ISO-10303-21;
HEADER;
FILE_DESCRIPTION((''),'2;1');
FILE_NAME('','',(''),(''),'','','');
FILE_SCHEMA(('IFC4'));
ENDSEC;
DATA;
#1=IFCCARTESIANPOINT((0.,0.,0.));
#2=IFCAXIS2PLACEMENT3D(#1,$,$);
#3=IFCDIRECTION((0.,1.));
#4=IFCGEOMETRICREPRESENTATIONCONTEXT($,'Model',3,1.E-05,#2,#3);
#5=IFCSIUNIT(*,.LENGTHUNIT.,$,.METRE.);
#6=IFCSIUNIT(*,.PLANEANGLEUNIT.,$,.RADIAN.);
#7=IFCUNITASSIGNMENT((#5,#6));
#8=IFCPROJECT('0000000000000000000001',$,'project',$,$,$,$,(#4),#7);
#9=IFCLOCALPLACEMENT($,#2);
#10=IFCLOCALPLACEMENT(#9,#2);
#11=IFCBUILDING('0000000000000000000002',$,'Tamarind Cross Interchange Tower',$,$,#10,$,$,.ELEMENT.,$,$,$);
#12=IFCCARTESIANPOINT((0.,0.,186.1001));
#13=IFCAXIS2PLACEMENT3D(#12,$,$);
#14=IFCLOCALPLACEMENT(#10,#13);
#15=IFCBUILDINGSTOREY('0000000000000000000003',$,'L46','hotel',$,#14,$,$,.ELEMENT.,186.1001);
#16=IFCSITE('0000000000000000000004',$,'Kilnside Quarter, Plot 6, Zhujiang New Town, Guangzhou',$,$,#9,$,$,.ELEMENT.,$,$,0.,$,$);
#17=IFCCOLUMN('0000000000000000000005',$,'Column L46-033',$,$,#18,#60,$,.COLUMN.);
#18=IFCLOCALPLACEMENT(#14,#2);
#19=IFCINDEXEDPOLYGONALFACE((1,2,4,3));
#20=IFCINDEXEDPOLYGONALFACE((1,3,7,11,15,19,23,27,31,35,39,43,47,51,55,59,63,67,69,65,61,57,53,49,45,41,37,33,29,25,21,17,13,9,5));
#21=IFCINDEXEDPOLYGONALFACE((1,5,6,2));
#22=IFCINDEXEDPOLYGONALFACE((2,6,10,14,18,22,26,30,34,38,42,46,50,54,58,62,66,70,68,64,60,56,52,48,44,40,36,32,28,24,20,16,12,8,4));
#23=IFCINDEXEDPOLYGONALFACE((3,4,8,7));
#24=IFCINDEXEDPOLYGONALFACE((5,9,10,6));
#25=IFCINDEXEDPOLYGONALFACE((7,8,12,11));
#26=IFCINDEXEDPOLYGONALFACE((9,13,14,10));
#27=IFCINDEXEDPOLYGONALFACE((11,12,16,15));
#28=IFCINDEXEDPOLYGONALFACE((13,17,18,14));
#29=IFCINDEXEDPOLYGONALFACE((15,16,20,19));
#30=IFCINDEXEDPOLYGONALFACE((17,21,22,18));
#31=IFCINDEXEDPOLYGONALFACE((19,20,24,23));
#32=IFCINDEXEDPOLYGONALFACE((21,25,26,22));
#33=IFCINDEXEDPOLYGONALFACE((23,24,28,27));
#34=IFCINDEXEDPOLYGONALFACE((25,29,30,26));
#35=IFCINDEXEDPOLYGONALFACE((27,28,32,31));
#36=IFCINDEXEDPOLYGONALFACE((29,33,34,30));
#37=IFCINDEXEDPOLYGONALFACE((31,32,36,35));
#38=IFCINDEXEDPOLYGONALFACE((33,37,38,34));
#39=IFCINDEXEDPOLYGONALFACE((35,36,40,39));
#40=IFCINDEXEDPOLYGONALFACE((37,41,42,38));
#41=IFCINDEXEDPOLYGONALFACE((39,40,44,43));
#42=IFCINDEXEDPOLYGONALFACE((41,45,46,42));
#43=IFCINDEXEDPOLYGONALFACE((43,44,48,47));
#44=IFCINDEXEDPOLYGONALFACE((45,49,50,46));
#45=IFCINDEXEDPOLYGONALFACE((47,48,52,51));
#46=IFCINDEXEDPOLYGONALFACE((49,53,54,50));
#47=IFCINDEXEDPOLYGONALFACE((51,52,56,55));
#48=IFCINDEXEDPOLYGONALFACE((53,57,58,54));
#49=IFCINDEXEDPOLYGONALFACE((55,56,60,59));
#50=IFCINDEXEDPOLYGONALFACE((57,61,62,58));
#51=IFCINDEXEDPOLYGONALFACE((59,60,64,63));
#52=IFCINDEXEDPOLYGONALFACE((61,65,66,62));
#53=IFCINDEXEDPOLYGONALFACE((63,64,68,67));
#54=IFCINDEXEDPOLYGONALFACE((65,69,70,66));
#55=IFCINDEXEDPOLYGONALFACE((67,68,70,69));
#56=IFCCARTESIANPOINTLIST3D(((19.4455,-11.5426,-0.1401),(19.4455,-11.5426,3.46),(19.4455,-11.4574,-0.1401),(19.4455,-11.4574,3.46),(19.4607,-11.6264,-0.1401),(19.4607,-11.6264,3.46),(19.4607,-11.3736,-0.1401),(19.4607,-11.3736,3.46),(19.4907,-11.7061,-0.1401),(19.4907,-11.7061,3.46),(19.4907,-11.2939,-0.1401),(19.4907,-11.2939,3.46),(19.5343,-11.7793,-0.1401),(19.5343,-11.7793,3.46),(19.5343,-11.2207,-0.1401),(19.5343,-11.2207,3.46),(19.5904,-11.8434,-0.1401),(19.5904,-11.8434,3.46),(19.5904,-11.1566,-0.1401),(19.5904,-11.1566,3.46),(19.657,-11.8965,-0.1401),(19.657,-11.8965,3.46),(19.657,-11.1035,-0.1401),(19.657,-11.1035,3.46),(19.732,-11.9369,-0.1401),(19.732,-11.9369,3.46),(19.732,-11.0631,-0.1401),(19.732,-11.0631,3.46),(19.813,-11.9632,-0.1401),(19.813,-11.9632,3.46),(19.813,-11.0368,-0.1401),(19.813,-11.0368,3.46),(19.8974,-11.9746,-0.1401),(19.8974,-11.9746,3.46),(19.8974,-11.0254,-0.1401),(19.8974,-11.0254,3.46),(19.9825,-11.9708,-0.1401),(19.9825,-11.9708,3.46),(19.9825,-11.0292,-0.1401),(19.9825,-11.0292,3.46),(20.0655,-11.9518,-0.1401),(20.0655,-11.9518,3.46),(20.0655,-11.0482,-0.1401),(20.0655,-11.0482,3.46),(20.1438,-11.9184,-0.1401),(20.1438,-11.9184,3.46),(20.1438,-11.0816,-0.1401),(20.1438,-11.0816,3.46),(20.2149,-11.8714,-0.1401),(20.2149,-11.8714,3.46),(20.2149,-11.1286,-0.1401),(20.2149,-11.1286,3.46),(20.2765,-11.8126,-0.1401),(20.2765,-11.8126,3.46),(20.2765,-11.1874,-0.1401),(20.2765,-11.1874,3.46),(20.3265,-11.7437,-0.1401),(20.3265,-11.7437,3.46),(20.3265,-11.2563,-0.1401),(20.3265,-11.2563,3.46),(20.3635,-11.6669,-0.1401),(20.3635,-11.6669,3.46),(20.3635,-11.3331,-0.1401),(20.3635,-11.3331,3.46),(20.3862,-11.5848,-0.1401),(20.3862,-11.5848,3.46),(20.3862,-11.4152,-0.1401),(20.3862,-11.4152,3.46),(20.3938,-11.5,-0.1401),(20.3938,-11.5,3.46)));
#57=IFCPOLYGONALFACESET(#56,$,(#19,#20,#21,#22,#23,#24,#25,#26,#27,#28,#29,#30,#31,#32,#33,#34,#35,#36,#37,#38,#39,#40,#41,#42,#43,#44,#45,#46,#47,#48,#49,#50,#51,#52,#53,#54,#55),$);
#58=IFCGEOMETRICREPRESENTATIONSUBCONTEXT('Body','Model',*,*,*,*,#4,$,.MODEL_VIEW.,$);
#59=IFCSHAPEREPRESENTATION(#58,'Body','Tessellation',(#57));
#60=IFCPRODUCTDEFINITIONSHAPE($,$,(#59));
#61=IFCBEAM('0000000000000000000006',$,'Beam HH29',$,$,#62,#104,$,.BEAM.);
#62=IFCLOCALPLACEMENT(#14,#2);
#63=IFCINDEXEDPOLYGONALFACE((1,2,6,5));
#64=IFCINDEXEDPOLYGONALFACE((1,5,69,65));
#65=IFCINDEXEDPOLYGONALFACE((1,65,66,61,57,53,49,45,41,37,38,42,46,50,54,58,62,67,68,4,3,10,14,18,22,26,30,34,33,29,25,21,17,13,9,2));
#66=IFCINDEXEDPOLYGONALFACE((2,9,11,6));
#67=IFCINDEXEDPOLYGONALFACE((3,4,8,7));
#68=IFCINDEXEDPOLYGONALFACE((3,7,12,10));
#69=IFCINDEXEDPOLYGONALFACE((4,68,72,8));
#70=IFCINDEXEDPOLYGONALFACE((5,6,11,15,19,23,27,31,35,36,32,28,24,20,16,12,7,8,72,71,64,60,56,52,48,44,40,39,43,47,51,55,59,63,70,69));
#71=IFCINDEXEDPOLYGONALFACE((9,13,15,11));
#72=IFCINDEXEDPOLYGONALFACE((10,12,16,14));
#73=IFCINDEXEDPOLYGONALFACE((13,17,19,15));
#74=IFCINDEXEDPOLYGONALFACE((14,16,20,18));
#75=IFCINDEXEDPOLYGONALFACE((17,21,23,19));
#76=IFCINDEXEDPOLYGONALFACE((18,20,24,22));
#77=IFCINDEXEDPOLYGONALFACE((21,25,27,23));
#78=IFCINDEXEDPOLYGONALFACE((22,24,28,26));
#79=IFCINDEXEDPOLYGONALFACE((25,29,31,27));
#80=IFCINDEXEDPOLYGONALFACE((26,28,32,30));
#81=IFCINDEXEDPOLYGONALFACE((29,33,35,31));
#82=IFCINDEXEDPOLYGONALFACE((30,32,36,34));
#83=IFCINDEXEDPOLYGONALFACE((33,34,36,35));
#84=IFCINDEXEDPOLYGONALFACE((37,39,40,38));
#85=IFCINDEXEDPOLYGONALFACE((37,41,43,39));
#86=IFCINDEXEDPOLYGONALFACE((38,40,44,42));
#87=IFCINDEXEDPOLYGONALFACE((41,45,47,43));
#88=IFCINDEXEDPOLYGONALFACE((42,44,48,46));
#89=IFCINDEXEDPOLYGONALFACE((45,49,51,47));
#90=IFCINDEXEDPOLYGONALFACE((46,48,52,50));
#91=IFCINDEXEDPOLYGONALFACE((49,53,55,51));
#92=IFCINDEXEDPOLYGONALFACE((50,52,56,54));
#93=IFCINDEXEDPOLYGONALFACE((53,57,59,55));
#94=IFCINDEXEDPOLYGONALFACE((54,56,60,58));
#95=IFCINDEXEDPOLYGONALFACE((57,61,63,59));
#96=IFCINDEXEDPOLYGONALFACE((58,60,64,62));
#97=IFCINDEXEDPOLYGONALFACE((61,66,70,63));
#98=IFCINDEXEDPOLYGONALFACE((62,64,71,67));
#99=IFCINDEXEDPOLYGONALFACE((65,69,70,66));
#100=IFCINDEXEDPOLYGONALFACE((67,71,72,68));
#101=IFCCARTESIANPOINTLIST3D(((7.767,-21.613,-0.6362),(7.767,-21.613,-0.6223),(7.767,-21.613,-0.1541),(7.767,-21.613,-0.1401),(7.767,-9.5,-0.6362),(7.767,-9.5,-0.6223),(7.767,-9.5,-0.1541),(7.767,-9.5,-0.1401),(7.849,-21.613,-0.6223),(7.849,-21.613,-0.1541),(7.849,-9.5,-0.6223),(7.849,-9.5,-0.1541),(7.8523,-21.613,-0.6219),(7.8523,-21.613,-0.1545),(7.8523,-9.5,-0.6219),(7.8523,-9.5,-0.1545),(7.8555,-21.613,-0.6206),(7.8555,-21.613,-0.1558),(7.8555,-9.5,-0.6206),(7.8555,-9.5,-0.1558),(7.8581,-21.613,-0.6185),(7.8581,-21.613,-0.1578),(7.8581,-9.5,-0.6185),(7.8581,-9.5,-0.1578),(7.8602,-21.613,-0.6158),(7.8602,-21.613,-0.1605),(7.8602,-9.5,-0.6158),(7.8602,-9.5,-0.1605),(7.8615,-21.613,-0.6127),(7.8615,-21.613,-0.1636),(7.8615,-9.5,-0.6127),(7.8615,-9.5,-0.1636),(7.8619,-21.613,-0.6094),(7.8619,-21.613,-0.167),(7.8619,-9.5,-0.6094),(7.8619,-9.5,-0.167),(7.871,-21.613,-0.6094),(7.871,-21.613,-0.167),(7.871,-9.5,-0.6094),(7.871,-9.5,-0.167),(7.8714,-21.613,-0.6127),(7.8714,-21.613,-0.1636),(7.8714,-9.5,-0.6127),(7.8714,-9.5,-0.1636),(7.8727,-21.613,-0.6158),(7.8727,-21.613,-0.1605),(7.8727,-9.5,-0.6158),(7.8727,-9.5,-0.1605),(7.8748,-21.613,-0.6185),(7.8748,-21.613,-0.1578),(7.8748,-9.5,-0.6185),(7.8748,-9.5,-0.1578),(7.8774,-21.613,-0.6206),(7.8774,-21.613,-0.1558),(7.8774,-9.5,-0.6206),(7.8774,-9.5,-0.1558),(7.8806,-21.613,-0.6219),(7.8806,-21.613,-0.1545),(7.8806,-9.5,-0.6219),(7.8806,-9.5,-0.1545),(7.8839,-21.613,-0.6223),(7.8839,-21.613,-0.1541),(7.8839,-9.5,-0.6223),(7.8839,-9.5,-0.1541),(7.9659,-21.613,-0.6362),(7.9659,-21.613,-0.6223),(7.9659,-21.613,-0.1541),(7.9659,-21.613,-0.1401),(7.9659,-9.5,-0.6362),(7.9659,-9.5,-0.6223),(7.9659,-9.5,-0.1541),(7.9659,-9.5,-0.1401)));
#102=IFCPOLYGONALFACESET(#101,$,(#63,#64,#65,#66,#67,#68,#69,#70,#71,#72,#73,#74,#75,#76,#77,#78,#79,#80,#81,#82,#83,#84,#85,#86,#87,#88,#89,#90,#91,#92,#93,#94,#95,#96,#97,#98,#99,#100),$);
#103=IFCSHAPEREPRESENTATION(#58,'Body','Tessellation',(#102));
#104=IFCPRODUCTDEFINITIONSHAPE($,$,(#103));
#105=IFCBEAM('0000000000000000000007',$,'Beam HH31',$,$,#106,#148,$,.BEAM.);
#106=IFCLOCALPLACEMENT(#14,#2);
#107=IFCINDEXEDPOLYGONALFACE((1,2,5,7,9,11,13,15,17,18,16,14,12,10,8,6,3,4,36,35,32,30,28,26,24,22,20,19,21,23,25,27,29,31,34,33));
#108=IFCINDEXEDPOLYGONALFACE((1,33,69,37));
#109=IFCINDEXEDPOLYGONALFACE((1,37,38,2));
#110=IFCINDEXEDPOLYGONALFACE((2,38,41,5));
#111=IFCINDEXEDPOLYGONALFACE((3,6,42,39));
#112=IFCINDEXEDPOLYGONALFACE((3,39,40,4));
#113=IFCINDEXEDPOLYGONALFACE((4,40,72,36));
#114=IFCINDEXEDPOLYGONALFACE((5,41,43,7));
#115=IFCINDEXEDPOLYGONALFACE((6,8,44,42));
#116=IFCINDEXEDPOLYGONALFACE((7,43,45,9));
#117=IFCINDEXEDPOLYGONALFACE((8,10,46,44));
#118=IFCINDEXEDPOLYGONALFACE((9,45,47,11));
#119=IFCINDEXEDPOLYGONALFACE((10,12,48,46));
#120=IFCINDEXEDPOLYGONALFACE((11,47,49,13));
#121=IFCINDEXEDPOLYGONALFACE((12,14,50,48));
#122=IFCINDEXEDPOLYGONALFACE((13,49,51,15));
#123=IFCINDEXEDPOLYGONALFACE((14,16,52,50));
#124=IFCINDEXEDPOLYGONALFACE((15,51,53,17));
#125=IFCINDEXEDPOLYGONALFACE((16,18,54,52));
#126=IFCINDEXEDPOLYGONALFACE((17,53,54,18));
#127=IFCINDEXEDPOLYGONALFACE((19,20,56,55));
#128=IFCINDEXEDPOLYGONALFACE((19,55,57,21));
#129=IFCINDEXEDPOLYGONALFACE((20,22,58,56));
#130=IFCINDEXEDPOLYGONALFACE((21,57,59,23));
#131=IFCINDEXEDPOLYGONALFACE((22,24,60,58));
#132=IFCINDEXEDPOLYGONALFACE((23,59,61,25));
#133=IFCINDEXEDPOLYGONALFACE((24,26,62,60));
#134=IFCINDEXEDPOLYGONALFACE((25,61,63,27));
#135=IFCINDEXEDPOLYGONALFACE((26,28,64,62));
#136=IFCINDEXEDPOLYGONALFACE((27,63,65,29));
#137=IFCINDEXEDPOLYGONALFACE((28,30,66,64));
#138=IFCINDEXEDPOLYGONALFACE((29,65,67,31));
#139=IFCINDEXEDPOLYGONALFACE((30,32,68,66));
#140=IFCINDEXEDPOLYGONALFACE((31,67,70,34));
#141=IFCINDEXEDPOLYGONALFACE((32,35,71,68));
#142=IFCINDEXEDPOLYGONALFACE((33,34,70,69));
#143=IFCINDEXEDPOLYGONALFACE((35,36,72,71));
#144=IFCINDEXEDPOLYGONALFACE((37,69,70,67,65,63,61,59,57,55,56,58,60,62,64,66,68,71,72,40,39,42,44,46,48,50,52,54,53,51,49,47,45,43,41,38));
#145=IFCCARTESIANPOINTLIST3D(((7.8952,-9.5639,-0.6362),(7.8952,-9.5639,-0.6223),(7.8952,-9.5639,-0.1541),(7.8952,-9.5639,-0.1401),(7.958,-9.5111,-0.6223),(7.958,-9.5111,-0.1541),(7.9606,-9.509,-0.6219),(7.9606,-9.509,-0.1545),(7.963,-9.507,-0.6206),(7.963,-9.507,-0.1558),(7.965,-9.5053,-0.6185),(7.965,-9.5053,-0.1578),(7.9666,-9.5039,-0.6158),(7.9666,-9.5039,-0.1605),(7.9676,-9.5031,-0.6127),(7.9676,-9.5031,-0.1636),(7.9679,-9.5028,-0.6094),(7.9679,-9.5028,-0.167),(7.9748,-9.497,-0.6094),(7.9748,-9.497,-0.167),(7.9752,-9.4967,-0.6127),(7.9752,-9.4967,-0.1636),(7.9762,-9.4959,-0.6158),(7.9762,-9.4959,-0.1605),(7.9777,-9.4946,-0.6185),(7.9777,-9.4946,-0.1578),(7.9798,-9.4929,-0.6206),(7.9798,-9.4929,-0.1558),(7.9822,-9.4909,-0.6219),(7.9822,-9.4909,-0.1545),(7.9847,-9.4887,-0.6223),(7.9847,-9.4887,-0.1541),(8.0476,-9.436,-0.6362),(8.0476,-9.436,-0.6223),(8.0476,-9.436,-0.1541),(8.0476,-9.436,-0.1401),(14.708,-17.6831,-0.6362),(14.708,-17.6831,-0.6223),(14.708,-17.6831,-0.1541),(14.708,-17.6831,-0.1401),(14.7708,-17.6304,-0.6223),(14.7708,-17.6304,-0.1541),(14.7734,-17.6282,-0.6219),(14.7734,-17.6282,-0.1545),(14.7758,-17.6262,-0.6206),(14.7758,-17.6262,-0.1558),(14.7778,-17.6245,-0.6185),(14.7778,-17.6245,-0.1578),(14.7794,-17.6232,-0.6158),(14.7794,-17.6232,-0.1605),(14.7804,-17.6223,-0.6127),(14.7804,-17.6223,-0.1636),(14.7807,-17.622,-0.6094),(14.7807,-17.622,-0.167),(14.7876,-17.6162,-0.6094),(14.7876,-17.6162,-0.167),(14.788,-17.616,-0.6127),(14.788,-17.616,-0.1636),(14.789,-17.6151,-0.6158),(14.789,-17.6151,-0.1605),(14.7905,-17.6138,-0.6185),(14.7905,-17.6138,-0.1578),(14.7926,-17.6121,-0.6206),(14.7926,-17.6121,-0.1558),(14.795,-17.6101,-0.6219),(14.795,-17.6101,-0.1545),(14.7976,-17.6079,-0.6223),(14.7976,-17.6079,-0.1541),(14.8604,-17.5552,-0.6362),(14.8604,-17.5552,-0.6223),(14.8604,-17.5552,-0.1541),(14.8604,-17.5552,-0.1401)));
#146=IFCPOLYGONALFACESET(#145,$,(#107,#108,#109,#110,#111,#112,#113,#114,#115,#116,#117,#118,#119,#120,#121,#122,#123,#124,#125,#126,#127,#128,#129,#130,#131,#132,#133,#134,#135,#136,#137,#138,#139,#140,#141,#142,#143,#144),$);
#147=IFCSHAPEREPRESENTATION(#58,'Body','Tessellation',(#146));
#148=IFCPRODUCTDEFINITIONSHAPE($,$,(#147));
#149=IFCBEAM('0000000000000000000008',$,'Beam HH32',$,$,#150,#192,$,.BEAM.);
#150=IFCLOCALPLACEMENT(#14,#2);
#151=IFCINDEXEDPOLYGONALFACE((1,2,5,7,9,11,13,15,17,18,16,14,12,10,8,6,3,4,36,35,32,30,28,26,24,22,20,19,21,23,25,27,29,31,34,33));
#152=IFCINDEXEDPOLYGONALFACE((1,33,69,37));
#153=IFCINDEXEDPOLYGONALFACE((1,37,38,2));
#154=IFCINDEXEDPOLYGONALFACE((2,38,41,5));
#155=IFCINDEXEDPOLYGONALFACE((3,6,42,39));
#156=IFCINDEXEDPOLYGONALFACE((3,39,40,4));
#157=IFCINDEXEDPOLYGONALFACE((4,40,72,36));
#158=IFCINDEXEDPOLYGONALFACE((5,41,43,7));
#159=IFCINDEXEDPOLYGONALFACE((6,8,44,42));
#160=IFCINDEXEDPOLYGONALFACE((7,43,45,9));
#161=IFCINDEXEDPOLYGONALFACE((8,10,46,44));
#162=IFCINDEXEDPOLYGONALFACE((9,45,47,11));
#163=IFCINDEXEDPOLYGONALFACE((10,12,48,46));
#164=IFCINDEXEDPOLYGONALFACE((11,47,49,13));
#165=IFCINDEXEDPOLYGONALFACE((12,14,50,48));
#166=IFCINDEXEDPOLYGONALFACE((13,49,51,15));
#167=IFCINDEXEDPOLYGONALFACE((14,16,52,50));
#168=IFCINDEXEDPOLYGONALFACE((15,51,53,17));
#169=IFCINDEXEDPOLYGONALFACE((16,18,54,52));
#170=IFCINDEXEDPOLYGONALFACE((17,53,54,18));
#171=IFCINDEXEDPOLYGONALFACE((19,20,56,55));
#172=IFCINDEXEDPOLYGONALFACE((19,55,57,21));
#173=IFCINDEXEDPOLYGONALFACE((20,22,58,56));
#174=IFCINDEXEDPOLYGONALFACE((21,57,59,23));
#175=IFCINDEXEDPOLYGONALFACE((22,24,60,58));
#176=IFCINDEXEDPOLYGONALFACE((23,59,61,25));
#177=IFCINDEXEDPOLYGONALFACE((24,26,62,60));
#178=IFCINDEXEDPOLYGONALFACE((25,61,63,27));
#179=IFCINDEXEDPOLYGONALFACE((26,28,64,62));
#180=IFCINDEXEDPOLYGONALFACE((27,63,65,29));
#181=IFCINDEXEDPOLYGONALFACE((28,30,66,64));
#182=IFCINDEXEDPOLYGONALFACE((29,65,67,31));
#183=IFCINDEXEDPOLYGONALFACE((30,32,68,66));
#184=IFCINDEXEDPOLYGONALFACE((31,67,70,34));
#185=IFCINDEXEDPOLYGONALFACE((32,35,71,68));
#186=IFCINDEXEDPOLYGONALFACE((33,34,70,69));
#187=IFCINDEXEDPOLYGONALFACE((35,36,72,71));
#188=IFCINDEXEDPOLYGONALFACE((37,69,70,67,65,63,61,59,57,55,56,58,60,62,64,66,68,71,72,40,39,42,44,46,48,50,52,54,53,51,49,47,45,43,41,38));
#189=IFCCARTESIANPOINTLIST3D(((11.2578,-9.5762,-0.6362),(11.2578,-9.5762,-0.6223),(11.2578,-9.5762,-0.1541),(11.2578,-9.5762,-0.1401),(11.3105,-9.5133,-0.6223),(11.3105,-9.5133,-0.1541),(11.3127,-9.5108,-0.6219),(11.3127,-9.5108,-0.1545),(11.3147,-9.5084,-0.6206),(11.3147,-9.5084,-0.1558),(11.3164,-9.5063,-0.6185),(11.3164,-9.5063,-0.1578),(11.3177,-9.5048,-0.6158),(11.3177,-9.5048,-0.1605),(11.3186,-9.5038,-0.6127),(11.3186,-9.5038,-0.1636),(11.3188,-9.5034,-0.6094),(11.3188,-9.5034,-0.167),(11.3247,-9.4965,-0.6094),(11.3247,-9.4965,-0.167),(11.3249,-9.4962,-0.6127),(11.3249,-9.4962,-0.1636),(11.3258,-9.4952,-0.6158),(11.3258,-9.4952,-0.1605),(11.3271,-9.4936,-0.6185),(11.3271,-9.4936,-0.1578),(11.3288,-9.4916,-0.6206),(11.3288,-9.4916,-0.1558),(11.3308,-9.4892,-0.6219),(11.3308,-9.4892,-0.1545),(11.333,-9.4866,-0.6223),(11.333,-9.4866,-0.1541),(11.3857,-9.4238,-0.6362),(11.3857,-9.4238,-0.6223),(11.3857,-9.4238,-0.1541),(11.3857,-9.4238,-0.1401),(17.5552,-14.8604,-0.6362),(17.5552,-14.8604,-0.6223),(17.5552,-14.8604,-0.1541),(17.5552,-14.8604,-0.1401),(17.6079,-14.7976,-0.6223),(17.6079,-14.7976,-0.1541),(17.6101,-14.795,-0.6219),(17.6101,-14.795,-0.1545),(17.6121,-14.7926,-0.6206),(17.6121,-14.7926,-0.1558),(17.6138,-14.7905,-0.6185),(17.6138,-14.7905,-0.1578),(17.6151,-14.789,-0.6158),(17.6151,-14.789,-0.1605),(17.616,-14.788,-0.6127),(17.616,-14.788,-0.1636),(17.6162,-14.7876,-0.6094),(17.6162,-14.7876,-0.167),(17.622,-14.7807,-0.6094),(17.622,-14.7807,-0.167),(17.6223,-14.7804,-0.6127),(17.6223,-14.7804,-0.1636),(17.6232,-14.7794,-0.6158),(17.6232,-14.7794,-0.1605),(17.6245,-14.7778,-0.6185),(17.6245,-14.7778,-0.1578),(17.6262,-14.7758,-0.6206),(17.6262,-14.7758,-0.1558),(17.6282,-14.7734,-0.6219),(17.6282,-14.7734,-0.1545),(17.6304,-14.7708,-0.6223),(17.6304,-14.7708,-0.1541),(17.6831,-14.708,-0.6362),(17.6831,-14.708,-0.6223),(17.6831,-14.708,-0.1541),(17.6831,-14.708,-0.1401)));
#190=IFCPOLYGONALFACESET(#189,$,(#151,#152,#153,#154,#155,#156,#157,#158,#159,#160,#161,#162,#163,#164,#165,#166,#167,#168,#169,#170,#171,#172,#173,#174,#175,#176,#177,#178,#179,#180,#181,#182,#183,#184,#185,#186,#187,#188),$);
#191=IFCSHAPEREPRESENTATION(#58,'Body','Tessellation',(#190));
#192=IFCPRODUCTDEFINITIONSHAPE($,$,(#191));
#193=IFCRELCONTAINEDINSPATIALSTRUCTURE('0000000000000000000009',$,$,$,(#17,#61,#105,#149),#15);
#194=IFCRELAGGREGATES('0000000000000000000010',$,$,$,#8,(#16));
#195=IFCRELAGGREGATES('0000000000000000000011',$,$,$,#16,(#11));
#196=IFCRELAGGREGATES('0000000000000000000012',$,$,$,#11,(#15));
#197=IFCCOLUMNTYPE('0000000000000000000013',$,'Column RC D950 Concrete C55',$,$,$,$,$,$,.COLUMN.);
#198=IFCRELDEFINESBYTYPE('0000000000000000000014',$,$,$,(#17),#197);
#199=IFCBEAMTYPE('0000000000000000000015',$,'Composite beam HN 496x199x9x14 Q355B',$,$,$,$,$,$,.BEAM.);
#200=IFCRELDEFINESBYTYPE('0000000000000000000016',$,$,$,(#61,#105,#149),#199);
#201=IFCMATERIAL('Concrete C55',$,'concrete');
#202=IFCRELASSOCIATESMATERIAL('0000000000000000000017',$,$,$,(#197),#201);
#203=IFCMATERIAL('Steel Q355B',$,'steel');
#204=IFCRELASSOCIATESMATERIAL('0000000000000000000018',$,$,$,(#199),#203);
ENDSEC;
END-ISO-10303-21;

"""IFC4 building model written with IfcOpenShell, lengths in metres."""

from ifc_helpers import new_model, si_unit, direction, frame, origin, origin_2d, place, context, subcontext, project, spatial, circle, i_section, extrude, material, material_profile, profile_set, type_object, element, save


model = new_model("IFC4")

# Units and contexts
model_context = context("Model", 3, precision=1e-05, world=origin(), true_north=direction((0.0, 1.0)))
body_context = subcontext(model_context, "Body", "Model", "MODEL_VIEW")
ifc_project = project(units=[si_unit("LENGTHUNIT", "METRE"), si_unit("PLANEANGLEUNIT", "RADIAN")], contexts=[model_context])

# Site, building, storey
site_placement = place(None, origin())
site = spatial("IfcSite", under=ifc_project, at=site_placement, Name="Kilnside Quarter, Plot 6, Zhujiang New Town, Guangzhou", CompositionType="ELEMENT", RefElevation=0.0)
building_placement = place(site_placement, origin())
building = spatial("IfcBuilding", under=site, at=building_placement, Name="Tamarind Cross Interchange Tower", CompositionType="ELEMENT")
storey_placement = place(building_placement, frame((0.0, 0.0, 186.1001)))
storey = spatial("IfcBuildingStorey", under=building, at=storey_placement, Name="L46", Description="hotel", CompositionType="ELEMENT", Elevation=186.1001)

# Column
ifc_material_1 = material(Name="Concrete C55", Category="concrete")
ifc_material_profile_1 = material_profile(ifc_material_1, circle(Radius=0.4751, at=origin_2d()), Name="RC D950")
ifc_profile_set_1 = profile_set([ifc_material_profile_1], Name="Concrete C55")
column_type = type_object("IfcColumnType", Name="Column RC D950 Concrete C55", PredefinedType="COLUMN", material=ifc_profile_set_1)
for number, where, z_axis, x_axis, name in (
    (1, (19.9187, -11.5, -0.1401), (0.0, 0.0, 1.0), (1.0, 0.0, 0.0), "Column L46-033"),
):
    element("IfcColumn", number, at=place(storey_placement, frame(where, z_axis=z_axis, x_axis=x_axis)), inside=storey, type_object=column_type, Name=name, PredefinedType="COLUMN", context=body_context, shape_type="SweptSolid", body=[
        extrude(circle(Radius=0.4751, at=origin_2d()), origin(), (0.0, 0.0, 1.0), 3.6001),
    ])

# Beams
ifc_material_2 = material(Name="Steel Q355B", Category="steel")
ifc_material_profile_2 = material_profile(ifc_material_2, i_section(OverallWidth=0.199, OverallDepth=0.4961, WebThickness=0.009, FlangeThickness=0.0139, FilletRadius=0.0129, at=origin_2d()), Name="HN 496x199x9x14")
ifc_profile_set_2 = profile_set([ifc_material_profile_2], Name="Steel Q355B")
beam_type = type_object("IfcBeamType", Name="Composite beam HN 496x199x9x14 Q355B", PredefinedType="BEAM", material=ifc_profile_set_2)
beam_1_placement = place(storey_placement, frame((7.8665, -21.613, -0.3882), z_axis=(0.0, 1.0, 0.0), x_axis=(-1.0, 0.0, 0.0)))
element("IfcBeam", 2, at=beam_1_placement, inside=storey, type_object=beam_type, Name="Beam HH29", PredefinedType="BEAM", context=body_context, shape_type="SweptSolid", body=[
    extrude(i_section(OverallWidth=0.199, OverallDepth=0.4961, WebThickness=0.009, FlangeThickness=0.0139, FilletRadius=0.0129, at=origin_2d()), origin(), (0.0, 0.0, 1.0), 12.113),
])
beam_2_placement = place(storey_placement, frame((14.7842, -17.6191, -0.3882), z_axis=(-0.642786, 0.766046, 0.0), x_axis=(-0.766046, -0.642786, 0.0)))
element("IfcBeam", 3, at=beam_2_placement, inside=storey, type_object=beam_type, Name="Beam HH31", PredefinedType="BEAM", context=body_context, shape_type="SweptSolid", body=[
    extrude(i_section(OverallWidth=0.199, OverallDepth=0.4961, WebThickness=0.009, FlangeThickness=0.0139, FilletRadius=0.0129, at=origin_2d()), origin(), (0.0, 0.0, 1.0), 10.5989),
])
beam_3_placement = place(storey_placement, frame((17.6191, -14.7842, -0.3882), z_axis=(-0.766041, 0.642792, 0.0), x_axis=(-0.642792, -0.766041, 0.0)))
element("IfcBeam", 4, at=beam_3_placement, inside=storey, type_object=beam_type, Name="Beam HH32", PredefinedType="BEAM", context=body_context, shape_type="SweptSolid", body=[
    extrude(i_section(OverallWidth=0.199, OverallDepth=0.4961, WebThickness=0.009, FlangeThickness=0.0139, FilletRadius=0.0129, at=origin_2d()), origin(), (0.0, 0.0, 1.0), 8.2207),
])

save(model, "model.ifc")
